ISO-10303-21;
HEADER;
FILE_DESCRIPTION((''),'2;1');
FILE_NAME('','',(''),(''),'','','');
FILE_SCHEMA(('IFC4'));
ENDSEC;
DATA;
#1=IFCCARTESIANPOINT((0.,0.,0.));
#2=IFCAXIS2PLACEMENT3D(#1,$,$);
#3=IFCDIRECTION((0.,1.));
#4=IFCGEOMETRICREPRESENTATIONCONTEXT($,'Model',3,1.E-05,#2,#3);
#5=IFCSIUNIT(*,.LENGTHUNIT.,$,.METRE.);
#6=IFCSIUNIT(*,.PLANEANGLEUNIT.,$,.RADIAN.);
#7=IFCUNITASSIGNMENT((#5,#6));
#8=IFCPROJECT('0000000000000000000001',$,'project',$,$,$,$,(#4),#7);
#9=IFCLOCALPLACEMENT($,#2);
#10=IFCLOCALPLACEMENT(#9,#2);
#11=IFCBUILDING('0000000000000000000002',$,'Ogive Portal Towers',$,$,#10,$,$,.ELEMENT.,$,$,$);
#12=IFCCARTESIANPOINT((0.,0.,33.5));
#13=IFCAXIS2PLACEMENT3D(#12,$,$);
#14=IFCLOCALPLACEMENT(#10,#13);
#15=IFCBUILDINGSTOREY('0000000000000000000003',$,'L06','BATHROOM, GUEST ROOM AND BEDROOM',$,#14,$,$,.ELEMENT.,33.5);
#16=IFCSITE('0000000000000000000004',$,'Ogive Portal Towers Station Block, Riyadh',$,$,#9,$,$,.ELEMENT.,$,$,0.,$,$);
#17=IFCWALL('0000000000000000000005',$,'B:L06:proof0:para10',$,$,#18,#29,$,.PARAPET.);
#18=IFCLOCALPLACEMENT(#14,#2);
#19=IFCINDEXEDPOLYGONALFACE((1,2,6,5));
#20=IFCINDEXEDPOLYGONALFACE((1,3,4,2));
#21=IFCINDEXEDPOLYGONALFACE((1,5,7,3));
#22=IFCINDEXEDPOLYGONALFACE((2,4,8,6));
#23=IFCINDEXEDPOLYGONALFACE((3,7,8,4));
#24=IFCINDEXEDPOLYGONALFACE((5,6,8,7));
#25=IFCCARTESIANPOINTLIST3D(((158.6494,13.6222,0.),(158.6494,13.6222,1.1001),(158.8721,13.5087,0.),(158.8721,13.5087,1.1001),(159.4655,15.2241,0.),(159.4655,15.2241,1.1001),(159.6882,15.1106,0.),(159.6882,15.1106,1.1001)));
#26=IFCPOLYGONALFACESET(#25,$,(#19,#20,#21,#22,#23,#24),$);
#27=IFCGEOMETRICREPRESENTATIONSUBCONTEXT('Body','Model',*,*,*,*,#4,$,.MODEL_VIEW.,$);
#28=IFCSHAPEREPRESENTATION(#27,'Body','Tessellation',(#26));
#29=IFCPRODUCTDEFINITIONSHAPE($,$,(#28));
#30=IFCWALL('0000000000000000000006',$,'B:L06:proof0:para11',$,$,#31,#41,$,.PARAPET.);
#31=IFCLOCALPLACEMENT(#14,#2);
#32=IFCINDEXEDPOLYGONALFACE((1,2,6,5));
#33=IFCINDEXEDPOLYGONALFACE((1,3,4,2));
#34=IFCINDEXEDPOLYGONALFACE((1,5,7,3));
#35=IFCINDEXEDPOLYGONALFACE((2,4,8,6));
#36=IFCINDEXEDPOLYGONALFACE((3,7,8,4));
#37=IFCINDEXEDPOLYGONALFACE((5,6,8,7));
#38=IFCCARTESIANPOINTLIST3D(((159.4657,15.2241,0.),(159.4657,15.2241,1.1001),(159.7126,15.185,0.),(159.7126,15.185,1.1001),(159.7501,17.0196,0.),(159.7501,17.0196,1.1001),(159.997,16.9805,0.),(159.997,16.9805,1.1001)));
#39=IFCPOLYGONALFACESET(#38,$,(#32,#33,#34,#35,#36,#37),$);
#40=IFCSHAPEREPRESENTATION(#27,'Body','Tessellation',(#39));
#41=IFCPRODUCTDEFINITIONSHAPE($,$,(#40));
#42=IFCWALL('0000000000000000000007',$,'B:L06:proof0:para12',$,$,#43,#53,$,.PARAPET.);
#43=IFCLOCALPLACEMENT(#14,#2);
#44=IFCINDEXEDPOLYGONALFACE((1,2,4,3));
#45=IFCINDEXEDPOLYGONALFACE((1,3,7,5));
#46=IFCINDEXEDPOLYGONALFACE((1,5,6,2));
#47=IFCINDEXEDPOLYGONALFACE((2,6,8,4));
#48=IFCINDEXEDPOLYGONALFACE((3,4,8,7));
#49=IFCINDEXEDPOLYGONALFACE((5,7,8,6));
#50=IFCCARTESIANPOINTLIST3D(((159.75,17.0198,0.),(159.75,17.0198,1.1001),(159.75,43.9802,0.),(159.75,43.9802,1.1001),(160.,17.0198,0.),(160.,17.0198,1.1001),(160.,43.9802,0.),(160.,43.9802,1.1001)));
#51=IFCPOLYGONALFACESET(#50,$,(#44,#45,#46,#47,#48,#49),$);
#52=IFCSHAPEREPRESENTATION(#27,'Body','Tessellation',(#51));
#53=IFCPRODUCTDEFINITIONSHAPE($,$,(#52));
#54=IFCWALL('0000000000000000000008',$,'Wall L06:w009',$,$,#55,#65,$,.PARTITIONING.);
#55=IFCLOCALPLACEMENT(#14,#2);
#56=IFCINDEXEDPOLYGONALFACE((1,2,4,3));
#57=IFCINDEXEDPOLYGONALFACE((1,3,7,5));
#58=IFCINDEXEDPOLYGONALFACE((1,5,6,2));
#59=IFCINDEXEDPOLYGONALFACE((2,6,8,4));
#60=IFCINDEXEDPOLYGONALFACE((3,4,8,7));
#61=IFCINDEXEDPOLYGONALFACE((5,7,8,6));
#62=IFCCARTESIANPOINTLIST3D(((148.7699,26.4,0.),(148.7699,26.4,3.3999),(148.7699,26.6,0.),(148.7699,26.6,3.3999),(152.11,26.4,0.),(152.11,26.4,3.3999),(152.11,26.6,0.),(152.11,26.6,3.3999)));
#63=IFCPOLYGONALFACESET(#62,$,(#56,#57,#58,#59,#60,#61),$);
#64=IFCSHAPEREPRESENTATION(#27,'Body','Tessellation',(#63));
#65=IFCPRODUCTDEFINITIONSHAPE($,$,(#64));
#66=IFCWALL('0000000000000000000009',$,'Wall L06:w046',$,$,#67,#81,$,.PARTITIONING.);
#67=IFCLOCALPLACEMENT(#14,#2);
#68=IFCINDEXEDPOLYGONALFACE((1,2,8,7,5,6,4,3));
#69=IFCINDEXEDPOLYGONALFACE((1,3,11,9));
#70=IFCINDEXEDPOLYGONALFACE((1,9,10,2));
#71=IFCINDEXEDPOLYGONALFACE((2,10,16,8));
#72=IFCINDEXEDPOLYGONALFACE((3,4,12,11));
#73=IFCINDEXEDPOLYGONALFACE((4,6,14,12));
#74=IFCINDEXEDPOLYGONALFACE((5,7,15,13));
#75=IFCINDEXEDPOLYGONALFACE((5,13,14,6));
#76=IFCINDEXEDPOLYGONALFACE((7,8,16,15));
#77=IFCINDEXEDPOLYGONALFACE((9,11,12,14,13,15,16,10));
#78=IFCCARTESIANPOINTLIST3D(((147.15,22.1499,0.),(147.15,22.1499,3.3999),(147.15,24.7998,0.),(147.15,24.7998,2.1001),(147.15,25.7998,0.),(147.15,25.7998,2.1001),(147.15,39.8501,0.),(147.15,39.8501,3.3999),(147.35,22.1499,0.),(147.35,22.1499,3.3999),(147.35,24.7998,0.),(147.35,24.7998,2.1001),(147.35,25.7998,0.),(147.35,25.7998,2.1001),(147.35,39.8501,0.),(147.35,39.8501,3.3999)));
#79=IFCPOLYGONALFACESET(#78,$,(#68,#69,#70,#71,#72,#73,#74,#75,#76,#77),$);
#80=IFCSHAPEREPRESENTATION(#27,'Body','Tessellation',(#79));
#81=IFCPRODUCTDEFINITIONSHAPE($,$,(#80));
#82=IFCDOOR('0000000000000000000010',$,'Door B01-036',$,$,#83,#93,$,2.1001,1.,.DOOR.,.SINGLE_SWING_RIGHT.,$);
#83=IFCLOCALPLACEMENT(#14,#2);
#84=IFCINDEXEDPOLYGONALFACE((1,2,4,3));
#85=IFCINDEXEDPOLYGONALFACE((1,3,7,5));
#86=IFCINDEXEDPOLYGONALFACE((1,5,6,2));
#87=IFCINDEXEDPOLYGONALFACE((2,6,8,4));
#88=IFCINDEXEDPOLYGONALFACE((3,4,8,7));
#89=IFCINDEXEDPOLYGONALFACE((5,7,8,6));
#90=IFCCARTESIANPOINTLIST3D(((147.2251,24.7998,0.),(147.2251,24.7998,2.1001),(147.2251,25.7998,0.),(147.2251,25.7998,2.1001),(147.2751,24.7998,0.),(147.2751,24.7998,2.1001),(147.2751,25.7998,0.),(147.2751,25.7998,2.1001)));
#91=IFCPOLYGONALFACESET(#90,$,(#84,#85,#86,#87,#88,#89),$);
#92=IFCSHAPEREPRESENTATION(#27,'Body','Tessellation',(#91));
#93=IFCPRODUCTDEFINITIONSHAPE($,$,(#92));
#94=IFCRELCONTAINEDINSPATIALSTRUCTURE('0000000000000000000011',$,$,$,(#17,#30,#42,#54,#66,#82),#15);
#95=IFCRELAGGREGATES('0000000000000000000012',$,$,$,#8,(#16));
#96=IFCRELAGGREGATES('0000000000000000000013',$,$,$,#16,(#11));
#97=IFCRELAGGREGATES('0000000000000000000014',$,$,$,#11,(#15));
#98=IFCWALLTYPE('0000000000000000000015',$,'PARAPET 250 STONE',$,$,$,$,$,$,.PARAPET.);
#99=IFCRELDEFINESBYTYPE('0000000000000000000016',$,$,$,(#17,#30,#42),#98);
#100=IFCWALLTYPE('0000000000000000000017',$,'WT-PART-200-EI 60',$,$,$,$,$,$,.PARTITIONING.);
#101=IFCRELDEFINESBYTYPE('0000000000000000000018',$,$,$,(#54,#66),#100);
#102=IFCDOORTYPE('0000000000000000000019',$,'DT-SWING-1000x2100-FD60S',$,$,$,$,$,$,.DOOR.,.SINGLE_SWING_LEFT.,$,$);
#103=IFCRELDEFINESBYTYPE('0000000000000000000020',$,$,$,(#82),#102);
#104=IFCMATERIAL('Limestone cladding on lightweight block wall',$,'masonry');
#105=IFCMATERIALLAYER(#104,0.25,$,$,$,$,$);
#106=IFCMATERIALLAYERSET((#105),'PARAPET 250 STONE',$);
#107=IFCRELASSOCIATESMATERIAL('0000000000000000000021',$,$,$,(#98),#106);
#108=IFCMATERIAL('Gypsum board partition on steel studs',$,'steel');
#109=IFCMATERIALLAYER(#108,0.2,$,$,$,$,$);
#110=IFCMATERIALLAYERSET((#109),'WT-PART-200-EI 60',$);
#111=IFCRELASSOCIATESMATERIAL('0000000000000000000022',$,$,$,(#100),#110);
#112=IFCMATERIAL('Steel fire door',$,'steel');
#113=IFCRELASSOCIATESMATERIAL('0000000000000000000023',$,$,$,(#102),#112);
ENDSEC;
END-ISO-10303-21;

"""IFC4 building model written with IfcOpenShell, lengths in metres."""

from ifc_helpers import new_model, si_unit, direction, frame, frame_2d, origin, place, context, subcontext, project, spatial, rectangle, extrude, material, layer, layer_set, type_object, element, fill, save


model = new_model("IFC4")

# Units and contexts
model_context = context("Model", 3, precision=1e-05, world=origin(), true_north=direction((0.0, 1.0)))
body_context = subcontext(model_context, "Body", "Model", "MODEL_VIEW")
ifc_project = project(units=[si_unit("LENGTHUNIT", "METRE"), si_unit("PLANEANGLEUNIT", "RADIAN")], contexts=[model_context])

# Site, building, storey
site_placement = place(None, origin())
site = spatial("IfcSite", under=ifc_project, at=site_placement, Name="Ogive Portal Towers Station Block, Riyadh", CompositionType="ELEMENT", RefElevation=0.0)
building_placement = place(site_placement, origin())
building = spatial("IfcBuilding", under=site, at=building_placement, Name="Ogive Portal Towers", CompositionType="ELEMENT")
storey_placement = place(building_placement, frame((0.0, 0.0, 33.5)))
storey = spatial("IfcBuildingStorey", under=building, at=storey_placement, Name="L06", Description="BATHROOM, GUEST ROOM AND BEDROOM", CompositionType="ELEMENT", Elevation=33.5)

# Walls
ifc_material_1 = material(Name="Limestone cladding on lightweight block wall", Category="masonry")
ifc_layer_1 = layer(ifc_material_1, 0.25)
ifc_layer_set_1 = layer_set([ifc_layer_1], Name="PARAPET 250 STONE")
wall_type_1 = type_object("IfcWallType", Name="PARAPET 250 STONE", PredefinedType="PARAPET", material=ifc_layer_set_1)
wall_1_placement = place(storey_placement, frame((158.7607, 13.5654, 0.0), z_axis=(0.0, 0.0, 1.0), x_axis=(0.453936, 0.891034, 0.0)))
element("IfcWall", 1, at=wall_1_placement, inside=storey, type_object=wall_type_1, Name="B:L06:proof0:para10", PredefinedType="PARAPET", context=body_context, shape_type="SweptSolid", body=[
    extrude(rectangle(XDim=1.7979, YDim=0.25, at=frame_2d((0.8989, 0.0))), origin(), (0.0, 0.0, 1.0), 1.1001),
])
wall_2_placement = place(storey_placement, frame((159.5891, 15.2046, 0.0), z_axis=(0.0, 0.0, 1.0), x_axis=(0.156466, 0.987683, 0.0)))
element("IfcWall", 2, at=wall_2_placement, inside=storey, type_object=wall_type_1, Name="B:L06:proof0:para11", PredefinedType="PARAPET", context=body_context, shape_type="SweptSolid", body=[
    extrude(rectangle(XDim=1.8179, YDim=0.25, at=frame_2d((0.9089, 0.0))), origin(), (0.0, 0.0, 1.0), 1.1001),
])
wall_3_placement = place(storey_placement, frame((159.875, 17.0198, 0.0), z_axis=(0.0, 0.0, 1.0), x_axis=(0.0, 1.0, 0.0)))
element("IfcWall", 3, at=wall_3_placement, inside=storey, type_object=wall_type_1, Name="B:L06:proof0:para12", PredefinedType="PARAPET", context=body_context, shape_type="SweptSolid", body=[
    extrude(rectangle(XDim=26.9604, YDim=0.25, at=frame_2d((13.4802, 0.0))), origin(), (0.0, 0.0, 1.0), 1.1001),
])
ifc_material_2 = material(Name="Gypsum board partition on steel studs", Category="steel")
ifc_layer_2 = layer(ifc_material_2, 0.2)
ifc_layer_set_2 = layer_set([ifc_layer_2], Name="WT-PART-200-EI 60")
wall_type_2 = type_object("IfcWallType", Name="WT-PART-200-EI 60", PredefinedType="PARTITIONING", material=ifc_layer_set_2)
wall_4_placement = place(storey_placement, frame((148.77, 26.5, 0.0), z_axis=(0.0, 0.0, 1.0), x_axis=(1.0, 0.0, 0.0)))
element("IfcWall", 4, at=wall_4_placement, inside=storey, type_object=wall_type_2, Name="Wall L06:w009", PredefinedType="PARTITIONING", context=body_context, shape_type="SweptSolid", body=[
    extrude(rectangle(XDim=3.3401, YDim=0.2, at=frame_2d((1.6699, 0.0))), origin(), (0.0, 0.0, 1.0), 3.3999),
])

# Wall, opening, door
wall_5_placement = place(storey_placement, frame((147.25, 22.1499, 0.0), z_axis=(0.0, 0.0, 1.0), x_axis=(0.0, 1.0, 0.0)))
wall_5 = element("IfcWall", 5, at=wall_5_placement, inside=storey, type_object=wall_type_2, Name="Wall L06:w046", PredefinedType="PARTITIONING", context=body_context, shape_type="SweptSolid", body=[
    extrude(rectangle(XDim=17.7002, YDim=0.2, at=frame_2d((8.8501, 0.0))), origin(), (0.0, 0.0, 1.0), 3.3999),
])
opening_1_placement = place(wall_5_placement, frame((2.6499, 0.0, 0.0)))
opening_1 = element("IfcOpeningElement", 6, at=opening_1_placement, cuts=wall_5, PredefinedType="OPENING", context=body_context, shape_type="SweptSolid", body=[
    extrude(rectangle(XDim=1.0, YDim=2.1001, at=frame_2d((0.5, 1.05))), frame((0.0, 0.1099, 0.0), z_axis=(0.0, -1.0, 0.0), x_axis=(1.0, 0.0, 0.0)), (0.0, 0.0, 1.0), 0.22),
])
ifc_material_3 = material(Name="Steel fire door", Category="steel")
door_type_1 = type_object("IfcDoorType", Name="DT-SWING-1000x2100-FD60S", OperationType="SINGLE_SWING_LEFT", PredefinedType="DOOR", material=ifc_material_3)
door_1_placement = place(opening_1_placement, origin())
door_1 = element("IfcDoor", 7, at=door_1_placement, inside=storey, type_object=door_type_1, Name="Door B01-036", OperationType="SINGLE_SWING_RIGHT", OverallHeight=2.1001, OverallWidth=1.0, PredefinedType="DOOR", context=body_context, shape_type="SweptSolid", body=[
    extrude(rectangle(XDim=1.0, YDim=2.1001, at=frame_2d((0.5, 1.05))), frame((0.0, 0.0249, 0.0), z_axis=(0.0, -1.0, 0.0), x_axis=(1.0, 0.0, 0.0)), (0.0, 0.0, 1.0), 0.05),
])
fill(opening_1, door_1)

save(model, "model.ifc")
